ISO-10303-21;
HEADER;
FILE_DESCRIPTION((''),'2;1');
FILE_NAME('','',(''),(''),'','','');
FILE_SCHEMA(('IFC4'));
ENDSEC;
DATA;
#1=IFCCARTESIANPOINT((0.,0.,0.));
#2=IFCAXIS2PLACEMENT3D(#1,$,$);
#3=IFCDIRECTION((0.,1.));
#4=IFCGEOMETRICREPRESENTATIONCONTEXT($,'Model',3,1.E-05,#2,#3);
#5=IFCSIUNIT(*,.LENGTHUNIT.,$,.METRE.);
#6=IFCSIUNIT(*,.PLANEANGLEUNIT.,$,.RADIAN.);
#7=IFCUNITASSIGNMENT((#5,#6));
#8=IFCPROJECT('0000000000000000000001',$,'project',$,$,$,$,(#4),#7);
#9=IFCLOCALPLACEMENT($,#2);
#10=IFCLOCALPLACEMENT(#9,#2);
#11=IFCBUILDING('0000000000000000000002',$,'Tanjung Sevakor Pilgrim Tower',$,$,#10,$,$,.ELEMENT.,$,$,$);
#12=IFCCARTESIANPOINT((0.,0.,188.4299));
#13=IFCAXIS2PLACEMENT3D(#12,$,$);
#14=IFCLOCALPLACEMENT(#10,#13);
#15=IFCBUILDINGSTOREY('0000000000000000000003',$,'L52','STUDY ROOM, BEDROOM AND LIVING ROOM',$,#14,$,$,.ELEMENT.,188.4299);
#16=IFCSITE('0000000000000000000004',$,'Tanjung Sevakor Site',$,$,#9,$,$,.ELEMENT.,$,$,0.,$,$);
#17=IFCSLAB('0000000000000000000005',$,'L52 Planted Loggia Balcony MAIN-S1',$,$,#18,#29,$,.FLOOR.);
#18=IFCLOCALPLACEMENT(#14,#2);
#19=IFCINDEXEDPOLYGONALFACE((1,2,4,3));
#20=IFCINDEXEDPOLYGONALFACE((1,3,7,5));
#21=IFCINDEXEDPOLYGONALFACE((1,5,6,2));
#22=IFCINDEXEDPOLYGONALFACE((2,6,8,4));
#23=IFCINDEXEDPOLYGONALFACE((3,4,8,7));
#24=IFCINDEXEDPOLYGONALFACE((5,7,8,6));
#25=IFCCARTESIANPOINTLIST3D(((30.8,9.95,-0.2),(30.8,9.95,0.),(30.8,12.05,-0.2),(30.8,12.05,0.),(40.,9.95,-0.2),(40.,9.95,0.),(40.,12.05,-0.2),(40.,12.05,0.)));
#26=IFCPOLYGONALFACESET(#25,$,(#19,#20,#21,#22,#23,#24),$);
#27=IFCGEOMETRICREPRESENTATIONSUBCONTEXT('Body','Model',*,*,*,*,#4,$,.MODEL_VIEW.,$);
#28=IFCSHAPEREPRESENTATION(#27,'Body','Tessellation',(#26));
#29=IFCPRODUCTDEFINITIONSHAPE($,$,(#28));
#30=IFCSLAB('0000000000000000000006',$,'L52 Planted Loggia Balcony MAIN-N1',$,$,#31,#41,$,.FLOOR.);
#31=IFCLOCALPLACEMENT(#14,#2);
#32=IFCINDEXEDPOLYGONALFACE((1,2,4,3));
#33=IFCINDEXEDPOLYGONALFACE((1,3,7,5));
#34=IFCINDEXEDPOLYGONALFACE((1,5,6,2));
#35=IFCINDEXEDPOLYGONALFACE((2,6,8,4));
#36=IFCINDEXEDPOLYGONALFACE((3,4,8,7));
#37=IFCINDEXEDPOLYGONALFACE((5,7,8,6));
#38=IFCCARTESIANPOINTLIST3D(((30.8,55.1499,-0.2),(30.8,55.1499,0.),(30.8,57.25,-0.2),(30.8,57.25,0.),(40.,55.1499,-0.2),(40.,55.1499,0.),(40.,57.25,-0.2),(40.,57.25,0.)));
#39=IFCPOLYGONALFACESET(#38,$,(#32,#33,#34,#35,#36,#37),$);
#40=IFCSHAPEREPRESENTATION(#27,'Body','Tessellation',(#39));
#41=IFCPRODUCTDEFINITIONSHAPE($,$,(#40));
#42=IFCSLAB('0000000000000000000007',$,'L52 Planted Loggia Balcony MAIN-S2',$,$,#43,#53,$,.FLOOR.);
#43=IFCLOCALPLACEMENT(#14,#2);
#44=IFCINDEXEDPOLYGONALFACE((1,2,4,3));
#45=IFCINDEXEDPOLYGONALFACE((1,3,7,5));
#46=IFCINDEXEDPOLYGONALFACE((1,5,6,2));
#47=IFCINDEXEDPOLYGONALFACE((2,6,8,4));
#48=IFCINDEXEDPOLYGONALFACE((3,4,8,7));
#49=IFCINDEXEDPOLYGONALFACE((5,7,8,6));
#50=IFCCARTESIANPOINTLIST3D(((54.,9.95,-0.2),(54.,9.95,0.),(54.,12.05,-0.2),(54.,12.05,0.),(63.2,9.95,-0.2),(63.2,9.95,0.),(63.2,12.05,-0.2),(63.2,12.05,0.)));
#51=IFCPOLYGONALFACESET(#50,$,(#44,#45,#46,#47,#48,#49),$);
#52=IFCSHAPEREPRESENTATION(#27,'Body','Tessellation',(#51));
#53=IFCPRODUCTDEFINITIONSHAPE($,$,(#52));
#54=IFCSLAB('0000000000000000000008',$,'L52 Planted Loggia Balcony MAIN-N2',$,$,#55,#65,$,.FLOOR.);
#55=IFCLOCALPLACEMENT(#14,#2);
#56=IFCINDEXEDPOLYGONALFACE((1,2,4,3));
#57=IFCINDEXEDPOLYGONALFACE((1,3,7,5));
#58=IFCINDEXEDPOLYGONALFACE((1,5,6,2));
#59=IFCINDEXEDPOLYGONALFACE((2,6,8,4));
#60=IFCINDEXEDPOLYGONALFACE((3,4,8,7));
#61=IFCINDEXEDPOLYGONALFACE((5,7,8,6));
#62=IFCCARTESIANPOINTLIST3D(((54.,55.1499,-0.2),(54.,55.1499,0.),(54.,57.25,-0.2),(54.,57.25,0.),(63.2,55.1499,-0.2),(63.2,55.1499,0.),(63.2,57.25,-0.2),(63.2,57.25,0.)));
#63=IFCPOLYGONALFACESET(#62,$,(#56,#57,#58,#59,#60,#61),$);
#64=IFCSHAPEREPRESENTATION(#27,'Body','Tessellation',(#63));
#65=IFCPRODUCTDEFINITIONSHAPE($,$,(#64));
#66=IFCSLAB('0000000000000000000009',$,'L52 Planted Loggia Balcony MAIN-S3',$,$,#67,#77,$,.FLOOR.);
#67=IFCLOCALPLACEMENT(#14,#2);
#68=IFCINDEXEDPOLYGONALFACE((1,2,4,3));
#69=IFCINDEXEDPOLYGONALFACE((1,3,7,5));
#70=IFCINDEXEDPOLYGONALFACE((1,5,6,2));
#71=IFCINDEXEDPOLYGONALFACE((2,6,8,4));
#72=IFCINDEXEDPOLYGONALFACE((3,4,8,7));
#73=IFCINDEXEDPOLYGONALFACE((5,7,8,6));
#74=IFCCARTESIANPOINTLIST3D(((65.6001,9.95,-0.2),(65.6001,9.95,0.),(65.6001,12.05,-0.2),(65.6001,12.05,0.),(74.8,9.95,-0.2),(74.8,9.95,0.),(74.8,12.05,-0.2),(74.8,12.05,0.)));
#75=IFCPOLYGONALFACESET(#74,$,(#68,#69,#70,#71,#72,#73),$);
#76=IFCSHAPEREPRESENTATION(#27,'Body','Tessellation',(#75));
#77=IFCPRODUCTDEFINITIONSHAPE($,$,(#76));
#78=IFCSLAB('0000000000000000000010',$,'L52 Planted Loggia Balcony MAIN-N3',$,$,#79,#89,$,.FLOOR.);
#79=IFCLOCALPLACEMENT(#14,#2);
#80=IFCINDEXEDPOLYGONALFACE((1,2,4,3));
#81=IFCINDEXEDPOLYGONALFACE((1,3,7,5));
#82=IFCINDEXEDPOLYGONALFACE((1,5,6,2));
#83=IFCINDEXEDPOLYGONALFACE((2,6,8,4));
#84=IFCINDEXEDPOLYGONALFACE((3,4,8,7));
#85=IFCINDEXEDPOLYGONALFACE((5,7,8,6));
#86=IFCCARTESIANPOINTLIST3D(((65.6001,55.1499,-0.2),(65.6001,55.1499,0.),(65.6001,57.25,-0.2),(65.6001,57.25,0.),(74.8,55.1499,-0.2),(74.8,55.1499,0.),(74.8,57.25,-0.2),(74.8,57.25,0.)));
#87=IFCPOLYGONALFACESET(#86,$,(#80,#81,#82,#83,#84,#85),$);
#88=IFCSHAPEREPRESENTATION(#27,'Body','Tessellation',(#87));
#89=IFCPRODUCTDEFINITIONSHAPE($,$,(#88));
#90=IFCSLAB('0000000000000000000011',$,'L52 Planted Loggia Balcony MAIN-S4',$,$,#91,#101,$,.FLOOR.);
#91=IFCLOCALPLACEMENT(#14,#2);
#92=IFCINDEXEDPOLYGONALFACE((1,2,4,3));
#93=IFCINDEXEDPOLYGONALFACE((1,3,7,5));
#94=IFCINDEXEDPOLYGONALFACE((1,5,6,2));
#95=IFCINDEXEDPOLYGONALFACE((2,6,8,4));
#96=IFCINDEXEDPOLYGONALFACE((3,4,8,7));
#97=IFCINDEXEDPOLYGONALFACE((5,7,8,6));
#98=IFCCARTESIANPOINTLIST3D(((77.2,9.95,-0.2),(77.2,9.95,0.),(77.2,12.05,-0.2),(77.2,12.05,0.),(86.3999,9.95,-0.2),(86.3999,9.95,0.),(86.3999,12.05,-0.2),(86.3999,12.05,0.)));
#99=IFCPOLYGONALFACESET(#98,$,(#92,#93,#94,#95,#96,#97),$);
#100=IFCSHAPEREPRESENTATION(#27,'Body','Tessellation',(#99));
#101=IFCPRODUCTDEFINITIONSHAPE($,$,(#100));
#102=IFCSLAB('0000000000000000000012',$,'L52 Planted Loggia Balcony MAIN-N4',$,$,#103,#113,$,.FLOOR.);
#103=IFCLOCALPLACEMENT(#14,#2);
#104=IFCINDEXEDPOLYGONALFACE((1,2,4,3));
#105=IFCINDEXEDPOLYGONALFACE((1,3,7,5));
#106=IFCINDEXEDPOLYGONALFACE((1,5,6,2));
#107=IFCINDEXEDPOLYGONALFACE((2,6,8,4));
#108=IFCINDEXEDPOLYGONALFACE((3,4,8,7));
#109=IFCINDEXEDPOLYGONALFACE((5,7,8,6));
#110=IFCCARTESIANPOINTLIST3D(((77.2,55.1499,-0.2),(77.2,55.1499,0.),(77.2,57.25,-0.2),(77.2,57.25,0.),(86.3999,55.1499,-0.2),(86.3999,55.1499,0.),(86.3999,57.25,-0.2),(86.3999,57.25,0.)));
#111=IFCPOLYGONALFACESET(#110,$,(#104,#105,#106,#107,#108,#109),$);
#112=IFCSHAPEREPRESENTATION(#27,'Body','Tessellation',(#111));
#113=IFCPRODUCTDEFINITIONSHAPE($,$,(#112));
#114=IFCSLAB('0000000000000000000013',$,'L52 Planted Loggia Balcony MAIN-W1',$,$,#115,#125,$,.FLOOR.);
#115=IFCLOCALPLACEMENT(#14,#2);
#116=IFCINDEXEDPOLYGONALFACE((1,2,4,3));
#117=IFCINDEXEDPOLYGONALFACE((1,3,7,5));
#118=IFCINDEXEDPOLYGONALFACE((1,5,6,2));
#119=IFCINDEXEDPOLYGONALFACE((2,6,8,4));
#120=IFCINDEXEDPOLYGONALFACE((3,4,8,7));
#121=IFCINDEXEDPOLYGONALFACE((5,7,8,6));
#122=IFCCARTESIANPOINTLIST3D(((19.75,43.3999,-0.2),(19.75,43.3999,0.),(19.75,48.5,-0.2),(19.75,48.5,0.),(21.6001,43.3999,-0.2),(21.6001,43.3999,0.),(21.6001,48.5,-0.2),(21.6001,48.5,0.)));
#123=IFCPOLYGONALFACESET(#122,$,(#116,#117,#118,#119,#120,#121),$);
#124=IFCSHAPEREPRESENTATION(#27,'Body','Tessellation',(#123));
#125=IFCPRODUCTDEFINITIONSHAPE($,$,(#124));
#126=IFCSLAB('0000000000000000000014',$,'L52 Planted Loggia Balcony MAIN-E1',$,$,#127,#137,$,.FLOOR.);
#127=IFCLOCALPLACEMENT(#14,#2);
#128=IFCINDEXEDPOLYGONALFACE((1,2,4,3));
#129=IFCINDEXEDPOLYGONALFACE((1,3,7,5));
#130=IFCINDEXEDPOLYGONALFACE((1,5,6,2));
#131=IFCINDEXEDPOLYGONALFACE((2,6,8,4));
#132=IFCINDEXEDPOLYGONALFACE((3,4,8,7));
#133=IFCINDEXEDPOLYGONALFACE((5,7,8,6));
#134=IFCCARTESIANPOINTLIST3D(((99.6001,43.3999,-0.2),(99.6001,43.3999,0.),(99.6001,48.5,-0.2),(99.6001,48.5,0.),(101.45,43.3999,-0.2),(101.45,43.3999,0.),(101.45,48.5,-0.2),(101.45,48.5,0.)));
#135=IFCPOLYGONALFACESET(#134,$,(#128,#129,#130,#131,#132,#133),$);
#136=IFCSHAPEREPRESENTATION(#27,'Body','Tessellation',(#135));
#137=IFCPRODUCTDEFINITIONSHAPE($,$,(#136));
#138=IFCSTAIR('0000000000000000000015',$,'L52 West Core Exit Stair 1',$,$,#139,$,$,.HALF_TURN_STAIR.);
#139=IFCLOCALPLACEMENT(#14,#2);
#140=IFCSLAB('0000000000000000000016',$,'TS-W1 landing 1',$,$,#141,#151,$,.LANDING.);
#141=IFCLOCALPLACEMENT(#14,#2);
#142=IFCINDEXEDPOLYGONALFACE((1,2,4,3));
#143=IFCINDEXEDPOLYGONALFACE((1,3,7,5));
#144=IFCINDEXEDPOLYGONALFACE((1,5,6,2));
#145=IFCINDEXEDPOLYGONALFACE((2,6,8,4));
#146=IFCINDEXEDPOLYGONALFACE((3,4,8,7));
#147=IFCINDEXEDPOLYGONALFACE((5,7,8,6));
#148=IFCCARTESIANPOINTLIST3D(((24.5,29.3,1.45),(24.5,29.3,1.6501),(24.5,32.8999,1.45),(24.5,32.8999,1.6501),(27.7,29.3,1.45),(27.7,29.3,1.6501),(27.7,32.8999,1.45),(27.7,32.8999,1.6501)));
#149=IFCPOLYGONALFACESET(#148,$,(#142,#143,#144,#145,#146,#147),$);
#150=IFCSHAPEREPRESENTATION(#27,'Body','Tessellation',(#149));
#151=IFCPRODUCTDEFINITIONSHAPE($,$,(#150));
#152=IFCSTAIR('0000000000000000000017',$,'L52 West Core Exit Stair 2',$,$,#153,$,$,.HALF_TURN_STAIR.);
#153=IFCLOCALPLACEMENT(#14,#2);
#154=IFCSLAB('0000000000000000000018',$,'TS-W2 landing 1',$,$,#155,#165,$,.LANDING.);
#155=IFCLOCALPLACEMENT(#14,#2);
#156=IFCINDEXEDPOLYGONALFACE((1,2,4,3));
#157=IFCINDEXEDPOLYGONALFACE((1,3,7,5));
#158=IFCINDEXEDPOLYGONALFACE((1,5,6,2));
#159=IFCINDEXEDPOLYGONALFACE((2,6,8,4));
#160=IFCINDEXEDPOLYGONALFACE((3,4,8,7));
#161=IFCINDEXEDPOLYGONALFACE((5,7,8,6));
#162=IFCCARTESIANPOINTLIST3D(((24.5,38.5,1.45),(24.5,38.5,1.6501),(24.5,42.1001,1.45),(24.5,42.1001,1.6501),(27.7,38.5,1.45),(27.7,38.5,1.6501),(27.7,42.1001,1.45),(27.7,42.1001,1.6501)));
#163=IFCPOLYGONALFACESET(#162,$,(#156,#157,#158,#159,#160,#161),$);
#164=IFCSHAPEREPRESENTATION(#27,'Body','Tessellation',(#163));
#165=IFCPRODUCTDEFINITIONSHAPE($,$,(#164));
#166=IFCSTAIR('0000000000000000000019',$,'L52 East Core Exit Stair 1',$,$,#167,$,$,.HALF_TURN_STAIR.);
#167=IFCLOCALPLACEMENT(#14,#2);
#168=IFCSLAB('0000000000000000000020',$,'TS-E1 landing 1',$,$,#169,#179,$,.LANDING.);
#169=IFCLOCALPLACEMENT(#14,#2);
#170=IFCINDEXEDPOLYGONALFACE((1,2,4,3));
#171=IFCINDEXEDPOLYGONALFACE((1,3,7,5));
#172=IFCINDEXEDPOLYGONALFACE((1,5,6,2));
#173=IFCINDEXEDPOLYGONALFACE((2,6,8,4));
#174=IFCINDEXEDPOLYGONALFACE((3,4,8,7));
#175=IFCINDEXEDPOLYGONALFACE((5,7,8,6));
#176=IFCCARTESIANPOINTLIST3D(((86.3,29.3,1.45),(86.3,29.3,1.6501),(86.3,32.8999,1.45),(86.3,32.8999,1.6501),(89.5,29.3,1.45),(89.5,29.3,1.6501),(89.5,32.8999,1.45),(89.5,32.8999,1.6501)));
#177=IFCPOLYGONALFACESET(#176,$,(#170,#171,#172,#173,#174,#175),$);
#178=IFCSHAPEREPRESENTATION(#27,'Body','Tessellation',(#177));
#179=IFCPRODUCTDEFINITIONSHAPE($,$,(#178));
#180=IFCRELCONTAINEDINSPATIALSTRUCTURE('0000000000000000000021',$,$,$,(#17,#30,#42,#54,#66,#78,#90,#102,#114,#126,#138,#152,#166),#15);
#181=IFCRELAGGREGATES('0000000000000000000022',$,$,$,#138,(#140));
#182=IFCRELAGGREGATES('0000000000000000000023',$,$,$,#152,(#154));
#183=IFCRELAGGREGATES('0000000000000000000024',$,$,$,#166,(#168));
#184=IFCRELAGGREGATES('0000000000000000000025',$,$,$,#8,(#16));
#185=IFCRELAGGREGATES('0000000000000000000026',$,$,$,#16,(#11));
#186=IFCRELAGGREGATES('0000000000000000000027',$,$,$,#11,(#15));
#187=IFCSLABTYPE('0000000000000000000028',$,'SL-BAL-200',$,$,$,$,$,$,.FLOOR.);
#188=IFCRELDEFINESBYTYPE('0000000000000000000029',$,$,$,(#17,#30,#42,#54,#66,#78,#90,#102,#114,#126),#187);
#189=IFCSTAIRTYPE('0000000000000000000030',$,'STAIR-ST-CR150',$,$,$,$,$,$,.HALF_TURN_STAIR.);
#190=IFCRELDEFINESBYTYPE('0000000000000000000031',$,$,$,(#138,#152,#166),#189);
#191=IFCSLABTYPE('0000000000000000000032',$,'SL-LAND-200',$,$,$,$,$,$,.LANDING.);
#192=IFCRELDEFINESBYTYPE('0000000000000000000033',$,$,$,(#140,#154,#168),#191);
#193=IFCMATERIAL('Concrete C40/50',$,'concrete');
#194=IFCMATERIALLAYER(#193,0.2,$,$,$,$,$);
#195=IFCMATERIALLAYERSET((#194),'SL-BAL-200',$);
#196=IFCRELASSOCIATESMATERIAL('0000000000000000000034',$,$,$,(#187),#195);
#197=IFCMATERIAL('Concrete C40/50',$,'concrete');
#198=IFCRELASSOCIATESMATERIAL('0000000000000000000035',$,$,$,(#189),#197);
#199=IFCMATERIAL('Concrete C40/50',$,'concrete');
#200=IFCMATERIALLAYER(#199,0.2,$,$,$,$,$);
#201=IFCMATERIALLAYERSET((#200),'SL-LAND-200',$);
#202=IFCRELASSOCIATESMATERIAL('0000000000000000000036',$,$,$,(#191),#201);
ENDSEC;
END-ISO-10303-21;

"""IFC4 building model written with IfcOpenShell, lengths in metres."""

from ifc_helpers import new_model, si_unit, direction, frame, origin, place, context, subcontext, project, spatial, polyline, outline, extrude, material, layer, layer_set, type_object, element, aggregate, save


model = new_model("IFC4")

# Units and contexts
model_context = context("Model", 3, precision=1e-05, world=origin(), true_north=direction((0.0, 1.0)))
body_context = subcontext(model_context, "Body", "Model", "MODEL_VIEW")
ifc_project = project(units=[si_unit("LENGTHUNIT", "METRE"), si_unit("PLANEANGLEUNIT", "RADIAN")], contexts=[model_context])

# Site, building, storey
site_placement = place(None, origin())
site = spatial("IfcSite", under=ifc_project, at=site_placement, Name="Tanjung Sevakor Site", CompositionType="ELEMENT", RefElevation=0.0)
building_placement = place(site_placement, origin())
building = spatial("IfcBuilding", under=site, at=building_placement, Name="Tanjung Sevakor Pilgrim Tower", CompositionType="ELEMENT")
storey_placement = place(building_placement, frame((0.0, 0.0, 188.4299)))
storey = spatial("IfcBuildingStorey", under=building, at=storey_placement, Name="L52", Description="STUDY ROOM, BEDROOM AND LIVING ROOM", CompositionType="ELEMENT", Elevation=188.4299)

# Slabs
ifc_material_1 = material(Name="Concrete C40/50", Category="concrete")
ifc_layer_1 = layer(ifc_material_1, 0.2)
ifc_layer_set_1 = layer_set([ifc_layer_1], Name="SL-BAL-200")
slab_type_1 = type_object("IfcSlabType", Name="SL-BAL-200", PredefinedType="FLOOR", material=ifc_layer_set_1)
slab_1_placement = place(storey_placement, frame((0.0, 0.0, -0.2)))
element("IfcSlab", 1, at=slab_1_placement, inside=storey, type_object=slab_type_1, Name="L52 Planted Loggia Balcony MAIN-S1", PredefinedType="FLOOR", context=body_context, shape_type="SweptSolid", body=[
    extrude(outline(polyline([(30.8, 9.95), (40.0, 9.95), (40.0, 12.05), (30.8, 12.05), (30.8, 9.95)])), origin(), (0.0, 0.0, 1.0), 0.2),
])
slab_2_placement = place(storey_placement, frame((0.0, 0.0, -0.2)))
element("IfcSlab", 2, at=slab_2_placement, inside=storey, type_object=slab_type_1, Name="L52 Planted Loggia Balcony MAIN-N1", PredefinedType="FLOOR", context=body_context, shape_type="SweptSolid", body=[
    extrude(outline(polyline([(30.8, 55.1499), (40.0, 55.1499), (40.0, 57.25), (30.8, 57.25), (30.8, 55.1499)])), origin(), (0.0, 0.0, 1.0), 0.2),
])
slab_3_placement = place(storey_placement, frame((0.0, 0.0, -0.2)))
element("IfcSlab", 3, at=slab_3_placement, inside=storey, type_object=slab_type_1, Name="L52 Planted Loggia Balcony MAIN-S2", PredefinedType="FLOOR", context=body_context, shape_type="SweptSolid", body=[
    extrude(outline(polyline([(54.0, 9.95), (63.2, 9.95), (63.2, 12.05), (54.0, 12.05), (54.0, 9.95)])), origin(), (0.0, 0.0, 1.0), 0.2),
])
slab_4_placement = place(storey_placement, frame((0.0, 0.0, -0.2)))
element("IfcSlab", 4, at=slab_4_placement, inside=storey, type_object=slab_type_1, Name="L52 Planted Loggia Balcony MAIN-N2", PredefinedType="FLOOR", context=body_context, shape_type="SweptSolid", body=[
    extrude(outline(polyline([(54.0, 55.1499), (63.2, 55.1499), (63.2, 57.25), (54.0, 57.25), (54.0, 55.1499)])), origin(), (0.0, 0.0, 1.0), 0.2),
])
slab_5_placement = place(storey_placement, frame((0.0, 0.0, -0.2)))
element("IfcSlab", 5, at=slab_5_placement, inside=storey, type_object=slab_type_1, Name="L52 Planted Loggia Balcony MAIN-S3", PredefinedType="FLOOR", context=body_context, shape_type="SweptSolid", body=[
    extrude(outline(polyline([(65.6001, 9.95), (74.8, 9.95), (74.8, 12.05), (65.6001, 12.05), (65.6001, 9.95)])), origin(), (0.0, 0.0, 1.0), 0.2),
])
slab_6_placement = place(storey_placement, frame((0.0, 0.0, -0.2)))
element("IfcSlab", 6, at=slab_6_placement, inside=storey, type_object=slab_type_1, Name="L52 Planted Loggia Balcony MAIN-N3", PredefinedType="FLOOR", context=body_context, shape_type="SweptSolid", body=[
    extrude(outline(polyline([(65.6001, 55.1499), (74.8, 55.1499), (74.8, 57.25), (65.6001, 57.25), (65.6001, 55.1499)])), origin(), (0.0, 0.0, 1.0), 0.2),
])
slab_7_placement = place(storey_placement, frame((0.0, 0.0, -0.2)))
element("IfcSlab", 7, at=slab_7_placement, inside=storey, type_object=slab_type_1, Name="L52 Planted Loggia Balcony MAIN-S4", PredefinedType="FLOOR", context=body_context, shape_type="SweptSolid", body=[
    extrude(outline(polyline([(77.2, 9.95), (86.3999, 9.95), (86.3999, 12.05), (77.2, 12.05), (77.2, 9.95)])), origin(), (0.0, 0.0, 1.0), 0.2),
])
slab_8_placement = place(storey_placement, frame((0.0, 0.0, -0.2)))
element("IfcSlab", 8, at=slab_8_placement, inside=storey, type_object=slab_type_1, Name="L52 Planted Loggia Balcony MAIN-N4", PredefinedType="FLOOR", context=body_context, shape_type="SweptSolid", body=[
    extrude(outline(polyline([(77.2, 55.1499), (86.3999, 55.1499), (86.3999, 57.25), (77.2, 57.25), (77.2, 55.1499)])), origin(), (0.0, 0.0, 1.0), 0.2),
])
slab_9_placement = place(storey_placement, frame((0.0, 0.0, -0.2)))
element("IfcSlab", 9, at=slab_9_placement, inside=storey, type_object=slab_type_1, Name="L52 Planted Loggia Balcony MAIN-W1", PredefinedType="FLOOR", context=body_context, shape_type="SweptSolid", body=[
    extrude(outline(polyline([(19.75, 43.3999), (21.6001, 43.3999), (21.6001, 48.5), (19.75, 48.5), (19.75, 43.3999)])), origin(), (0.0, 0.0, 1.0), 0.2),
])
slab_10_placement = place(storey_placement, frame((0.0, 0.0, -0.2)))
element("IfcSlab", 10, at=slab_10_placement, inside=storey, type_object=slab_type_1, Name="L52 Planted Loggia Balcony MAIN-E1", PredefinedType="FLOOR", context=body_context, shape_type="SweptSolid", body=[
    extrude(outline(polyline([(99.6001, 43.3999), (101.45, 43.3999), (101.45, 48.5), (99.6001, 48.5), (99.6001, 43.3999)])), origin(), (0.0, 0.0, 1.0), 0.2),
])

# Stairs, slabs
ifc_material_2 = material(Name="Concrete C40/50", Category="concrete")
stair_type = type_object("IfcStairType", Name="STAIR-ST-CR150", PredefinedType="HALF_TURN_STAIR", material=ifc_material_2)
stair_1_placement = place(storey_placement, origin())
stair_1 = element("IfcStair", 11, at=stair_1_placement, inside=storey, type_object=stair_type, Name="L52 West Core Exit Stair 1", PredefinedType="HALF_TURN_STAIR")
ifc_material_3 = material(Name="Concrete C40/50", Category="concrete")
ifc_layer_2 = layer(ifc_material_3, 0.2)
ifc_layer_set_2 = layer_set([ifc_layer_2], Name="SL-LAND-200")
slab_type_2 = type_object("IfcSlabType", Name="SL-LAND-200", PredefinedType="LANDING", material=ifc_layer_set_2)
slab_11_placement = place(storey_placement, frame((0.0, 0.0, 1.45)))
slab_11 = element("IfcSlab", 12, at=slab_11_placement, type_object=slab_type_2, Name="TS-W1 landing 1", PredefinedType="LANDING", context=body_context, shape_type="SweptSolid", body=[
    extrude(outline(polyline([(27.7, 29.3), (27.7, 32.8999), (24.5, 32.8999), (24.5, 29.3), (27.7, 29.3)])), origin(), (0.0, 0.0, 1.0), 0.2002),
])
aggregate(stair_1, [slab_11])
stair_2_placement = place(storey_placement, origin())
stair_2 = element("IfcStair", 13, at=stair_2_placement, inside=storey, type_object=stair_type, Name="L52 West Core Exit Stair 2", PredefinedType="HALF_TURN_STAIR")
slab_12_placement = place(storey_placement, frame((0.0, 0.0, 1.45)))
slab_12 = element("IfcSlab", 14, at=slab_12_placement, type_object=slab_type_2, Name="TS-W2 landing 1", PredefinedType="LANDING", context=body_context, shape_type="SweptSolid", body=[
    extrude(outline(polyline([(27.7, 38.5), (27.7, 42.1001), (24.5, 42.1001), (24.5, 38.5), (27.7, 38.5)])), origin(), (0.0, 0.0, 1.0), 0.2002),
])
aggregate(stair_2, [slab_12])
stair_3_placement = place(storey_placement, origin())
stair_3 = element("IfcStair", 15, at=stair_3_placement, inside=storey, type_object=stair_type, Name="L52 East Core Exit Stair 1", PredefinedType="HALF_TURN_STAIR")
slab_13_placement = place(storey_placement, frame((0.0, 0.0, 1.45)))
slab_13 = element("IfcSlab", 16, at=slab_13_placement, type_object=slab_type_2, Name="TS-E1 landing 1", PredefinedType="LANDING", context=body_context, shape_type="SweptSolid", body=[
    extrude(outline(polyline([(89.5, 29.3), (89.5, 32.8999), (86.3, 32.8999), (86.3, 29.3), (89.5, 29.3)])), origin(), (0.0, 0.0, 1.0), 0.2002),
])
aggregate(stair_3, [slab_13])

save(model, "model.ifc")
